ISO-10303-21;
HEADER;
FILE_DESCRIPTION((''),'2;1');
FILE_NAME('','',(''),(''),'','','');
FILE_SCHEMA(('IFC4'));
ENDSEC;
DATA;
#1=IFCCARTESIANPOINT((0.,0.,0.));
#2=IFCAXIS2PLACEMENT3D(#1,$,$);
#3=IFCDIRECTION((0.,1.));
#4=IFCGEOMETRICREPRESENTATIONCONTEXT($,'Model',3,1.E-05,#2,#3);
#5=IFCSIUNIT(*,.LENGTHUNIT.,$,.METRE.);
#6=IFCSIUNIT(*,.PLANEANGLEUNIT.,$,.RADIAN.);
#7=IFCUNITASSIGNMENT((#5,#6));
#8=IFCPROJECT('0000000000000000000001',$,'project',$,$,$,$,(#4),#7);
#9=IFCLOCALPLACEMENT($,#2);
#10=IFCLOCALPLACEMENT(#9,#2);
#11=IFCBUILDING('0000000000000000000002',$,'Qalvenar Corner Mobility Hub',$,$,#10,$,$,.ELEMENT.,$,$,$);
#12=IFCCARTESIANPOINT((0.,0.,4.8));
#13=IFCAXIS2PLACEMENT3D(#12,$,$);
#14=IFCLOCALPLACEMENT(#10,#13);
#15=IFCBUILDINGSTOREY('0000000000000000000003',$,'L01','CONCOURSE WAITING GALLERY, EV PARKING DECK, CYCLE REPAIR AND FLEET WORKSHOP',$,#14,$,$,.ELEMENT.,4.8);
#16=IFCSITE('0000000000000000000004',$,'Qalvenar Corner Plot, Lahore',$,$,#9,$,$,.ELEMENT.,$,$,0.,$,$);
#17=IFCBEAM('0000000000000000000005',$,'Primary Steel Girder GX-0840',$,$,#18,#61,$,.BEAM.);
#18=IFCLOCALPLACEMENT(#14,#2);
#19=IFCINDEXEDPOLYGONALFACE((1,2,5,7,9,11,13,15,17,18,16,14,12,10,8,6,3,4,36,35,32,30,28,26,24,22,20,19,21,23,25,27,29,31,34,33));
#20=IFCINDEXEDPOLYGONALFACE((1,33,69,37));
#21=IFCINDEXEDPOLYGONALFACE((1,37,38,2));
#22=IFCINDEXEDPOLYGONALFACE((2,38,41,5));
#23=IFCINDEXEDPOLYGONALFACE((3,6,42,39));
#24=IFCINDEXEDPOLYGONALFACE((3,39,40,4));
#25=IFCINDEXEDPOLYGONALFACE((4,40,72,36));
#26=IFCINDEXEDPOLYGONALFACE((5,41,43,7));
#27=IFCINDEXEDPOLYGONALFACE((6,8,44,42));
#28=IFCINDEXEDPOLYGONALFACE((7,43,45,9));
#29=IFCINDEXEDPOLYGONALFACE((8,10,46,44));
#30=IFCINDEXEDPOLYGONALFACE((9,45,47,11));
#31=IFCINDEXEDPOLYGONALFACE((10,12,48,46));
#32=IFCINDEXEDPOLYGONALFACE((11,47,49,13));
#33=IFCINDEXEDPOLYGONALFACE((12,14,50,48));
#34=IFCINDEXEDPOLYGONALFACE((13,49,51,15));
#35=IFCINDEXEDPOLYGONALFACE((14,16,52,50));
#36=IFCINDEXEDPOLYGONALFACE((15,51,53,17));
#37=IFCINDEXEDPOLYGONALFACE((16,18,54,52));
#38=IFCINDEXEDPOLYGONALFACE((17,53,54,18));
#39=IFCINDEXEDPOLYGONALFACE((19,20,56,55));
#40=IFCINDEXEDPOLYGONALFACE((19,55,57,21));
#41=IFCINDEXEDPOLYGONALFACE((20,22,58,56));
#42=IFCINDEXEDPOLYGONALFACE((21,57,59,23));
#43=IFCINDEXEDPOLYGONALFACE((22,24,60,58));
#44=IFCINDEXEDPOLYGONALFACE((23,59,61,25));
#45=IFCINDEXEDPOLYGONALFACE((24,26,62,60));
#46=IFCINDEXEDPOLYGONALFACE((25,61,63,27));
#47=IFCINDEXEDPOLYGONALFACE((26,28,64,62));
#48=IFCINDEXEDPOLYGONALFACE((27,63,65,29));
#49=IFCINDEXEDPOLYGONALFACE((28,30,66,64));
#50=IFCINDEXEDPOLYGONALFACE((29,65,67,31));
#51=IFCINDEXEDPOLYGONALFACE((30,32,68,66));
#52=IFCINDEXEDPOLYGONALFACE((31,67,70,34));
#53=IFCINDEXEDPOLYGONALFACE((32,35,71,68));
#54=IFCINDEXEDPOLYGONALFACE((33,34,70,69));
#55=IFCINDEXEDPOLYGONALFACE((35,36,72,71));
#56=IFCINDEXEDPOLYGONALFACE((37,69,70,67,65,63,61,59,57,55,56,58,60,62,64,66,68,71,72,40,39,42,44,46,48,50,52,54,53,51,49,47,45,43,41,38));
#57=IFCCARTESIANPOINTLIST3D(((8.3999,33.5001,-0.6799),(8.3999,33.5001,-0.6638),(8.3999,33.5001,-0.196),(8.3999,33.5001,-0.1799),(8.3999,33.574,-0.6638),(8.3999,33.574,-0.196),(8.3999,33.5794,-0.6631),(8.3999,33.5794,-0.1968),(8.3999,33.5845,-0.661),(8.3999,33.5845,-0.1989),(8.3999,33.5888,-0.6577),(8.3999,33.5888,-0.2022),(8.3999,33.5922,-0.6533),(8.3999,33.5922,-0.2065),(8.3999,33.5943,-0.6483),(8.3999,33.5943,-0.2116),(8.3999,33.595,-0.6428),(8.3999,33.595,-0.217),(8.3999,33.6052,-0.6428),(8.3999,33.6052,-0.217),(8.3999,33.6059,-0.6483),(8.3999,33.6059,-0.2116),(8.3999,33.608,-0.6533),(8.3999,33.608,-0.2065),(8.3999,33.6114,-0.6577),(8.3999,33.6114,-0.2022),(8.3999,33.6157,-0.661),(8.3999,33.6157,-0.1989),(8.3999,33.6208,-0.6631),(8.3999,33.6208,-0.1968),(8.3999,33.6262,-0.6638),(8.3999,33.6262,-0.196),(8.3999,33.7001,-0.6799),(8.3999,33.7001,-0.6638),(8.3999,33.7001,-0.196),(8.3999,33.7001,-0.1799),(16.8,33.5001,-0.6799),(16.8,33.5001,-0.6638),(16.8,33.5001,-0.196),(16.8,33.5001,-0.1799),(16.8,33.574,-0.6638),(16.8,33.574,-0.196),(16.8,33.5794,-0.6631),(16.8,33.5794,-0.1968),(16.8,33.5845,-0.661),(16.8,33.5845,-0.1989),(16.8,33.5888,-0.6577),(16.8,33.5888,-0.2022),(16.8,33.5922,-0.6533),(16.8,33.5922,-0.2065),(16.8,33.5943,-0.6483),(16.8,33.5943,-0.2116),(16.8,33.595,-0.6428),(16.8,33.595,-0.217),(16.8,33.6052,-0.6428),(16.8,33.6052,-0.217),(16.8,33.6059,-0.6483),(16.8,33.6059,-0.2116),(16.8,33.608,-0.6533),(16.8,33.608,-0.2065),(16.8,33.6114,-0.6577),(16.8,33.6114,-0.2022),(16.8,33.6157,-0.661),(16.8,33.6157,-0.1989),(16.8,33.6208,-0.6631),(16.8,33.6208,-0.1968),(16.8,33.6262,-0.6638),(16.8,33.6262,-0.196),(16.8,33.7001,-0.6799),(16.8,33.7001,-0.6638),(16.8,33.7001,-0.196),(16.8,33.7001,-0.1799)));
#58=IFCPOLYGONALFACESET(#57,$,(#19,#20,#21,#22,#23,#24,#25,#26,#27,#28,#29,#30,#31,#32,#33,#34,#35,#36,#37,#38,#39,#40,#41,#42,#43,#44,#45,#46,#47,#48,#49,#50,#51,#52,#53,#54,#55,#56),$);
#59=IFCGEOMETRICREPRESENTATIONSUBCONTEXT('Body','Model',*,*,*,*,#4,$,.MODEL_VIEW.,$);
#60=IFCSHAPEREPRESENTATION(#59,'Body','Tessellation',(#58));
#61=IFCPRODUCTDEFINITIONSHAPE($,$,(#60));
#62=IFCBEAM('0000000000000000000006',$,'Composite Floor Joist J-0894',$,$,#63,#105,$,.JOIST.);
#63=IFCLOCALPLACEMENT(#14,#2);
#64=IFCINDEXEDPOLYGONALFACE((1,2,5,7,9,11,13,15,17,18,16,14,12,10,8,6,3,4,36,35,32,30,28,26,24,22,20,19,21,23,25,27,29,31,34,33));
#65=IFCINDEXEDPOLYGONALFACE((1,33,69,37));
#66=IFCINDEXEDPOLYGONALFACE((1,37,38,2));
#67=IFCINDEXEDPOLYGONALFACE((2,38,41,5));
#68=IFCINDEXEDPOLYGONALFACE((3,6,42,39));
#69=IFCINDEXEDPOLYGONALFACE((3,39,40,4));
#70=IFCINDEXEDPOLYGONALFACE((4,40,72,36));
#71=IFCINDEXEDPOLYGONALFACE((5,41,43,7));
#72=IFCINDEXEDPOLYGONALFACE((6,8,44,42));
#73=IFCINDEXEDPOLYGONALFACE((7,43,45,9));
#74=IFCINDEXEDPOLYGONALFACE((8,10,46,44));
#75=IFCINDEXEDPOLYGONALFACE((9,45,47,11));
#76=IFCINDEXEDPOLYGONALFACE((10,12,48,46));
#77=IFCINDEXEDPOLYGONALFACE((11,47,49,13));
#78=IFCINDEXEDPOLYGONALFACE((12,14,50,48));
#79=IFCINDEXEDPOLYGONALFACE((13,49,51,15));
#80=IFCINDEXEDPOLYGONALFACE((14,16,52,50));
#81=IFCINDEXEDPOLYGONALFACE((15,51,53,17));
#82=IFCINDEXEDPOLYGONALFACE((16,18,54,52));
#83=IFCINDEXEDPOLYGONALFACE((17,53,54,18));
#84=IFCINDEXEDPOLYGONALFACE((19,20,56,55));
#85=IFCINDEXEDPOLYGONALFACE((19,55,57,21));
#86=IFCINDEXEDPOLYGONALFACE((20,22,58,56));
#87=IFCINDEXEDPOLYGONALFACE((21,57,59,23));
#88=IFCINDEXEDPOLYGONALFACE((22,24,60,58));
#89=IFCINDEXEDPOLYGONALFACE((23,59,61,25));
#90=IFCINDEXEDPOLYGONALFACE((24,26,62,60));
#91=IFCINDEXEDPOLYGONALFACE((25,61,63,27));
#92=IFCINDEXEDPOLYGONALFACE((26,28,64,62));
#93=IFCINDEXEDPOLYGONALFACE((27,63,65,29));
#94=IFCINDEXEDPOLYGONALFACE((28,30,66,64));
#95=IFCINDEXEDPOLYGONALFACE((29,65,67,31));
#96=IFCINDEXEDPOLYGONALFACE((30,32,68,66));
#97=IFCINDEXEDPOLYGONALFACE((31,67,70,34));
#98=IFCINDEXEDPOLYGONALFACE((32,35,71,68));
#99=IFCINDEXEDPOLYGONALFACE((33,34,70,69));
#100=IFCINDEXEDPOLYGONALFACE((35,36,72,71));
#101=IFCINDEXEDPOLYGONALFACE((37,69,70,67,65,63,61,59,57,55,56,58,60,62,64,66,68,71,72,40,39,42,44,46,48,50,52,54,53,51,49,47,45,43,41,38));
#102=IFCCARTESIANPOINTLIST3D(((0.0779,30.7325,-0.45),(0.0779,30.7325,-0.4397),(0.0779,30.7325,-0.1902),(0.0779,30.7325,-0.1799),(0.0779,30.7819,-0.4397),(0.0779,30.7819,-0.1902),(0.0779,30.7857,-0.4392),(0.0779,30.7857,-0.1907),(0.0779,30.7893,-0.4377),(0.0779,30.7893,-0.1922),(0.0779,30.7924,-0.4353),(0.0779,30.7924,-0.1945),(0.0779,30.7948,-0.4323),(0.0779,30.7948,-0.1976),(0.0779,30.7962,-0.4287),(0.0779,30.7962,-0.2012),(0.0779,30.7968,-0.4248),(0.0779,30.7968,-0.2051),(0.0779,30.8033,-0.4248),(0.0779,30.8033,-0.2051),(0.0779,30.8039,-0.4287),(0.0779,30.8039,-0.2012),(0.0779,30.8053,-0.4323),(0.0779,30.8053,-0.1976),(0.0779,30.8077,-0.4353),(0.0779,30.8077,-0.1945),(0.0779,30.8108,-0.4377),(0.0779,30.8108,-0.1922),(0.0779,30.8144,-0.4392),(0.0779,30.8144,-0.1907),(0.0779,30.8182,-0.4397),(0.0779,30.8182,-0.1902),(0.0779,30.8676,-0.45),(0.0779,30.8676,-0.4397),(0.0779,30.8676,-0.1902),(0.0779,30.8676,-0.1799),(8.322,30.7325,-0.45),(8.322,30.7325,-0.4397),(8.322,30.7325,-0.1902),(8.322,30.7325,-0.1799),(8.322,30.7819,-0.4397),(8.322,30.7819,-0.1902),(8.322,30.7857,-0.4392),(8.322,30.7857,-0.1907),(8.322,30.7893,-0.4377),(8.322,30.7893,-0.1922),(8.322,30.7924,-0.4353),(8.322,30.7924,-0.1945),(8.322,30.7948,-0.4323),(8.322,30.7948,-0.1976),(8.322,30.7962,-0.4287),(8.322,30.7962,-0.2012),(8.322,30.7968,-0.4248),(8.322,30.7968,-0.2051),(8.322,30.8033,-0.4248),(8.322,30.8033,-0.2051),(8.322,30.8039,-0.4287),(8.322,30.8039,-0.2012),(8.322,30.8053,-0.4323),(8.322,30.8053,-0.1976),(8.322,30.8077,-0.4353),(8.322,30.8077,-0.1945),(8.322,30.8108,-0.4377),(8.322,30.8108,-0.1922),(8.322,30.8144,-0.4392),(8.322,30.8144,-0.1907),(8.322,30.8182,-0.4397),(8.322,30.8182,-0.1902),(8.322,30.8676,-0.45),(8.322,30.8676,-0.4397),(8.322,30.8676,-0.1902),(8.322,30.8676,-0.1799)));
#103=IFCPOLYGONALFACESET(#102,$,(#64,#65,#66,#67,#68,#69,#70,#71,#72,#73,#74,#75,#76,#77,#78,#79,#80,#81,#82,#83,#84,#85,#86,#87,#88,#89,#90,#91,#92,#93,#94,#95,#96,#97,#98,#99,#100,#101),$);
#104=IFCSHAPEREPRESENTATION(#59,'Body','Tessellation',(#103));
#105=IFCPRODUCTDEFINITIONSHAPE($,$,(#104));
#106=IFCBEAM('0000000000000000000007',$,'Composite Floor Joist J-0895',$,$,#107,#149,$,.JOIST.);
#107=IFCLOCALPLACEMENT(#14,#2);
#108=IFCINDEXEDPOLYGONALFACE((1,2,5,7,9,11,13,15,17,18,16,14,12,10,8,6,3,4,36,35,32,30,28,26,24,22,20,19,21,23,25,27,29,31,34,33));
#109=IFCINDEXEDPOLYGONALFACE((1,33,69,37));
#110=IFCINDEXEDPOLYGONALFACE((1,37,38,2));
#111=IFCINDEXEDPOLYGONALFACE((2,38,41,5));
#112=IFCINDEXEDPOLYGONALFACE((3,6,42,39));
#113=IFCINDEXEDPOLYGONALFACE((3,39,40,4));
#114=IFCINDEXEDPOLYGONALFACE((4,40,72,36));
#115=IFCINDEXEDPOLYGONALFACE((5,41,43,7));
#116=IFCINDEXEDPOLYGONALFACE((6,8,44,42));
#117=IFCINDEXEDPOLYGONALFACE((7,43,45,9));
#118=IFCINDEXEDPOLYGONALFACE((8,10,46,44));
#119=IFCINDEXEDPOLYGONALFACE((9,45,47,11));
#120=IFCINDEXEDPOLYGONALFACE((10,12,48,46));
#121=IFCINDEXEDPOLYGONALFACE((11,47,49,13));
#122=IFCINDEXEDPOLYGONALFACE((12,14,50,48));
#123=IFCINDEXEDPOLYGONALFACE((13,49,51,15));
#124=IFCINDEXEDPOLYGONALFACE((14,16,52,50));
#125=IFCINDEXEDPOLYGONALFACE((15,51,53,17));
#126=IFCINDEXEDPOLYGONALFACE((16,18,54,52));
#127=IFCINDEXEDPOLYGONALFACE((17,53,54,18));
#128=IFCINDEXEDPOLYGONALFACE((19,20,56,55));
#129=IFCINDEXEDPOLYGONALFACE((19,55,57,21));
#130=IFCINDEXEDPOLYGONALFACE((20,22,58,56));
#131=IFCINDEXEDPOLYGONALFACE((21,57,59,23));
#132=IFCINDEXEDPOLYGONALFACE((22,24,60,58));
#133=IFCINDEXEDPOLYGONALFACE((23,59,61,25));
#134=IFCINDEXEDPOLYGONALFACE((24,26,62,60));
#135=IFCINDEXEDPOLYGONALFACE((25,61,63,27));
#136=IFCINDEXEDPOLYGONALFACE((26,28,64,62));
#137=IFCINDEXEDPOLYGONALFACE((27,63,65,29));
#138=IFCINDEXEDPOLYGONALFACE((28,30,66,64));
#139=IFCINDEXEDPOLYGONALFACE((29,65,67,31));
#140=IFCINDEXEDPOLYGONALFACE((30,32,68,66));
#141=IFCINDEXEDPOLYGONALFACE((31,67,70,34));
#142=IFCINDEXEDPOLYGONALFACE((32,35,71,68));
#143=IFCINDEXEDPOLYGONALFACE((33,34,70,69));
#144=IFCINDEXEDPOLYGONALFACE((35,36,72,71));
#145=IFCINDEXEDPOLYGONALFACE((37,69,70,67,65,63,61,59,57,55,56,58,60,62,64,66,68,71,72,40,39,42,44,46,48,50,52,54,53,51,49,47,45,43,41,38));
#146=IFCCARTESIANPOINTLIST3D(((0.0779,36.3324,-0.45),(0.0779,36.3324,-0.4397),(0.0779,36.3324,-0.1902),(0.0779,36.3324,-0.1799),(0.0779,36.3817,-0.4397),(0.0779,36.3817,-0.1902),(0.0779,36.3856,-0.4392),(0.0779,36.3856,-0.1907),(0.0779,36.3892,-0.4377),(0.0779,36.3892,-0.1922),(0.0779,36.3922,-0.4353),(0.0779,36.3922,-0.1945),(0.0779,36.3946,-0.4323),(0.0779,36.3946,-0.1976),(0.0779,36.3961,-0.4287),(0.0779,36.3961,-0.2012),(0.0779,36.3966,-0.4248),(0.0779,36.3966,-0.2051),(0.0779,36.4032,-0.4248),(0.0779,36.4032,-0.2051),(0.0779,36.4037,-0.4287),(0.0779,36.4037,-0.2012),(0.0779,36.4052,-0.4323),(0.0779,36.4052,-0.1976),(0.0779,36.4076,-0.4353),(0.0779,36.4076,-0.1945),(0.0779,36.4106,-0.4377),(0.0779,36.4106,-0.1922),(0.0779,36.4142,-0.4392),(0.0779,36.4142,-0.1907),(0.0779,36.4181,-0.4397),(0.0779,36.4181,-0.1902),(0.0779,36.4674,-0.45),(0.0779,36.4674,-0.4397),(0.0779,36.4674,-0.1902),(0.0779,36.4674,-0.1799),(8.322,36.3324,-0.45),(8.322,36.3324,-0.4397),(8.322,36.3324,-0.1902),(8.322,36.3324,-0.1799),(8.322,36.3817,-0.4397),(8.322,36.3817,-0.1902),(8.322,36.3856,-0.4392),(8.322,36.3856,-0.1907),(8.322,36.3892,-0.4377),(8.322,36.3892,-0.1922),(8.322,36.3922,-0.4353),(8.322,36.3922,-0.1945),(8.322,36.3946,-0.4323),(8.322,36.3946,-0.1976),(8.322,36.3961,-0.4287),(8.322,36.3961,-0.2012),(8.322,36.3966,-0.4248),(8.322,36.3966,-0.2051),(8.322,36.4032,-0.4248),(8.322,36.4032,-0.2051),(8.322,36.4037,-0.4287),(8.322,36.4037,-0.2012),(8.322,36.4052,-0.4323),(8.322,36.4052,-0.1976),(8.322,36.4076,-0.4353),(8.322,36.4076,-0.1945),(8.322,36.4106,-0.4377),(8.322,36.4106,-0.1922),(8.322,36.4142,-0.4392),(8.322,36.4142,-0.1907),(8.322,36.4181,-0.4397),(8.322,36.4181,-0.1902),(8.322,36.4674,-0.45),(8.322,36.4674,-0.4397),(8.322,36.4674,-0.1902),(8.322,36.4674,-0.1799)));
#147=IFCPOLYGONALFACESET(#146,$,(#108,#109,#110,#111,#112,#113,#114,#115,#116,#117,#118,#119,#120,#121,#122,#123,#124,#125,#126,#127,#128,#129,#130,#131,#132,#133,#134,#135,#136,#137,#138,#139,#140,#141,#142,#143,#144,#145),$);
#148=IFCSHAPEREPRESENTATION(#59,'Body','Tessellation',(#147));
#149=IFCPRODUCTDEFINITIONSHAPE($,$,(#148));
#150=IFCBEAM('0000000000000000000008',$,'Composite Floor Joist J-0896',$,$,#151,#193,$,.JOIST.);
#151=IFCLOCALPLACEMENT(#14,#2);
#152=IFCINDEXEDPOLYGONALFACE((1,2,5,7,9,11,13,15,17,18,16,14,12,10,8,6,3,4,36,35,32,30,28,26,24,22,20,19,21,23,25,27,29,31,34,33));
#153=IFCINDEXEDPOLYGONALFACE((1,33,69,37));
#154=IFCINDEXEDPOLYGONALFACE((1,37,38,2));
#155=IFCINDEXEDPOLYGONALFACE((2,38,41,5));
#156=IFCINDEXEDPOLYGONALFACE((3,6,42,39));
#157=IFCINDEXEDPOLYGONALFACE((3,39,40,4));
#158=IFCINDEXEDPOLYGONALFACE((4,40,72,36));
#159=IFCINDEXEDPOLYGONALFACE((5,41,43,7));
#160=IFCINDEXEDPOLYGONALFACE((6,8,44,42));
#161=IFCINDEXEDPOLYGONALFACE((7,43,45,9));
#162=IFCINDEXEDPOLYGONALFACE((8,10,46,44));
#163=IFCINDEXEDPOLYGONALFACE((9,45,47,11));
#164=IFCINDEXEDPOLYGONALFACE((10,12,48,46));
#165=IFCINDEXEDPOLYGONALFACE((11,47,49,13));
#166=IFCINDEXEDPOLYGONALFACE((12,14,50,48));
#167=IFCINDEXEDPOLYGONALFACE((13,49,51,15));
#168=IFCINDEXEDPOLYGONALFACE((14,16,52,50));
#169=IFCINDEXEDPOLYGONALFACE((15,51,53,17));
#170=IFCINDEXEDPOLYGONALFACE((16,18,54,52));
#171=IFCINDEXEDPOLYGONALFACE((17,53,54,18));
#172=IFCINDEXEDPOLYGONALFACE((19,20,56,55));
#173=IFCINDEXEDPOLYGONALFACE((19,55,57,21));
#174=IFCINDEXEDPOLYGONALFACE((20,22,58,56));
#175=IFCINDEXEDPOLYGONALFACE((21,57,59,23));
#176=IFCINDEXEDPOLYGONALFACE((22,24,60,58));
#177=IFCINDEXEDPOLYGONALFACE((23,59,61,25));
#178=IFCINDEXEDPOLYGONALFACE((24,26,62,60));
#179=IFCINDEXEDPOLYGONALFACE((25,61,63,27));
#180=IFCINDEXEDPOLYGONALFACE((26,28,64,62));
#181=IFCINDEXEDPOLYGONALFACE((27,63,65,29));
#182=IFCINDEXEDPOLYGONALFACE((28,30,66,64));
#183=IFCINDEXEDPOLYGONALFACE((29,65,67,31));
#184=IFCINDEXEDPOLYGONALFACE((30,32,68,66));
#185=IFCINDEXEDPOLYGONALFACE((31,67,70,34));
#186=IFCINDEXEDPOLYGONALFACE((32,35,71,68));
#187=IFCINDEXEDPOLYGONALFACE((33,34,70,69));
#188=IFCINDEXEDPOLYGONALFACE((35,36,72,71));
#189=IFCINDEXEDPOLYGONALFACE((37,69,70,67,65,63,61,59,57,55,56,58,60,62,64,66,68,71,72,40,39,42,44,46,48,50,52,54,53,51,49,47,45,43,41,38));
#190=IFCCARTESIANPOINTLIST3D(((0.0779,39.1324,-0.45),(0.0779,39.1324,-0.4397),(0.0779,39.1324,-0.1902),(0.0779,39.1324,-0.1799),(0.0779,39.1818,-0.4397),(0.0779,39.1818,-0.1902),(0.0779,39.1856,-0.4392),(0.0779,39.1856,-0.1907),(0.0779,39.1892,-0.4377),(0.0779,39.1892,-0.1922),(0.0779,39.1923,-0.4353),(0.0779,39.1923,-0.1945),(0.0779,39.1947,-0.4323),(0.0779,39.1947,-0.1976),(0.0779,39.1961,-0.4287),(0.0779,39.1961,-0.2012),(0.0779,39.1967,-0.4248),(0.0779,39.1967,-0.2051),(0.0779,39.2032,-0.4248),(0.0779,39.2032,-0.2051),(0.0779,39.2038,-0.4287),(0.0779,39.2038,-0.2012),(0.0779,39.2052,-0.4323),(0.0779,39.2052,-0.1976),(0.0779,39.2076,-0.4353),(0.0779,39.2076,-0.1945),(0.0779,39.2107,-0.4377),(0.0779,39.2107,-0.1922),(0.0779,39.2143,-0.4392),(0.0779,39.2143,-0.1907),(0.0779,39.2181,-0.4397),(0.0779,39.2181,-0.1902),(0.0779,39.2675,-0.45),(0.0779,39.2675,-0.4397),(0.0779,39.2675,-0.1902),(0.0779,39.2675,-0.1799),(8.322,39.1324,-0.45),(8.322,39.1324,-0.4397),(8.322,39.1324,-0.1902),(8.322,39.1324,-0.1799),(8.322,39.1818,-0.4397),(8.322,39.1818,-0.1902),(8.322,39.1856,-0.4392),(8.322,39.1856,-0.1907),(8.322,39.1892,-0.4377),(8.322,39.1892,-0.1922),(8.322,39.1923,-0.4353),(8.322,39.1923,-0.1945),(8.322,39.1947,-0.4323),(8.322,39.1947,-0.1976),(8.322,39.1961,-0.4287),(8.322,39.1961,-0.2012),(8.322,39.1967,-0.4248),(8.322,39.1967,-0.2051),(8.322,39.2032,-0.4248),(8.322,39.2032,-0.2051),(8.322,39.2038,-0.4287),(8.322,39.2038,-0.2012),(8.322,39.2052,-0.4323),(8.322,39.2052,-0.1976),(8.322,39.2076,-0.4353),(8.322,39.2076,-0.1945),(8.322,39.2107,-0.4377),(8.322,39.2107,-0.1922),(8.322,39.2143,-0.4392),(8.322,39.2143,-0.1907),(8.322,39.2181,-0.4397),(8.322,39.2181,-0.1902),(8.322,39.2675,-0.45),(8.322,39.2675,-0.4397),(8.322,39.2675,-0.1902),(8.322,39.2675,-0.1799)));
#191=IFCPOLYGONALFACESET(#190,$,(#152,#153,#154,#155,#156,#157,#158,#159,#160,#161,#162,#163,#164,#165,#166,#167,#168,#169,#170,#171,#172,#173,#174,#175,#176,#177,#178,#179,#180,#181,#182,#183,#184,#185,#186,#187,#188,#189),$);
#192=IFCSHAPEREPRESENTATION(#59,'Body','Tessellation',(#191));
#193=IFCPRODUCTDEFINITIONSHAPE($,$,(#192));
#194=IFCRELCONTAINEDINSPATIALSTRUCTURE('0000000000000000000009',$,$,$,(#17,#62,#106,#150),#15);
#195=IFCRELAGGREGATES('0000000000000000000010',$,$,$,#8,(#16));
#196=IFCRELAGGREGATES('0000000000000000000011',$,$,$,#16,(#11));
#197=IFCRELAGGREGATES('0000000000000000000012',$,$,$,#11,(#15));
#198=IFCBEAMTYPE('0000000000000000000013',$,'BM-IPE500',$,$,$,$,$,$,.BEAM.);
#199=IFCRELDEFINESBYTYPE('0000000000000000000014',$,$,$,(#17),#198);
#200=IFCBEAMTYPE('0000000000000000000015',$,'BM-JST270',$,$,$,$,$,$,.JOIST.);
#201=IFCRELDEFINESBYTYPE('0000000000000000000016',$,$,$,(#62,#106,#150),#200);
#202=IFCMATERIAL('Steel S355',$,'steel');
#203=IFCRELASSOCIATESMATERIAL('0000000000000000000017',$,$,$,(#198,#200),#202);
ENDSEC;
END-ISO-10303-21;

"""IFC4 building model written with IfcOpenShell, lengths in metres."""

from ifc_helpers import new_model, si_unit, direction, frame, origin, origin_2d, place, context, subcontext, project, spatial, i_section, extrude, material, material_profile, profile_set, type_object, element, save


model = new_model("IFC4")

# Units and contexts
model_context = context("Model", 3, precision=1e-05, world=origin(), true_north=direction((0.0, 1.0)))
body_context = subcontext(model_context, "Body", "Model", "MODEL_VIEW")
ifc_project = project(units=[si_unit("LENGTHUNIT", "METRE"), si_unit("PLANEANGLEUNIT", "RADIAN")], contexts=[model_context])

# Site, building, storey
site_placement = place(None, origin())
site = spatial("IfcSite", under=ifc_project, at=site_placement, Name="Qalvenar Corner Plot, Lahore", CompositionType="ELEMENT", RefElevation=0.0)
building_placement = place(site_placement, origin())
building = spatial("IfcBuilding", under=site, at=building_placement, Name="Qalvenar Corner Mobility Hub", CompositionType="ELEMENT")
storey_placement = place(building_placement, frame((0.0, 0.0, 4.8)))
storey = spatial("IfcBuildingStorey", under=building, at=storey_placement, Name="L01", Description="CONCOURSE WAITING GALLERY, EV PARKING DECK, CYCLE REPAIR AND FLEET WORKSHOP", CompositionType="ELEMENT", Elevation=4.8)

# Shared definitions
ifc_material_1 = material(Name="Steel S355", Category="steel")

# Beams
ifc_material_profile_1 = material_profile(ifc_material_1, i_section(OverallWidth=0.2, OverallDepth=0.5, WebThickness=0.0103, FlangeThickness=0.0161, FilletRadius=0.021, at=origin_2d()), Name="IPE500")
ifc_profile_set_1 = profile_set([ifc_material_profile_1], Name="Steel S355")
beam_type_1 = type_object("IfcBeamType", Name="BM-IPE500", PredefinedType="BEAM", material=ifc_profile_set_1)
beam_1_placement = place(storey_placement, frame((8.3999, 33.6001, -0.4299), z_axis=(1.0, 0.0, 0.0), x_axis=(0.0, 1.0, 0.0)))
element("IfcBeam", 1, at=beam_1_placement, inside=storey, type_object=beam_type_1, Name="Primary Steel Girder GX-0840", PredefinedType="BEAM", context=body_context, shape_type="SweptSolid", body=[
    extrude(i_section(OverallWidth=0.2, OverallDepth=0.5, WebThickness=0.0103, FlangeThickness=0.0161, FilletRadius=0.021, at=origin_2d()), origin(), (0.0, 0.0, 1.0), 8.4001),
])
ifc_material_profile_2 = material_profile(ifc_material_1, i_section(OverallWidth=0.135, OverallDepth=0.27, WebThickness=0.0066, FlangeThickness=0.0103, FilletRadius=0.0149, at=origin_2d()), Name="IPE270")
ifc_profile_set_2 = profile_set([ifc_material_profile_2], Name="Steel S355")
beam_type_2 = type_object("IfcBeamType", Name="BM-JST270", PredefinedType="JOIST", material=ifc_profile_set_2)
for number, where, z_axis, x_axis, name in (
    (2, (0.0779, 30.8, -0.3149), (1.0, 0.0, 0.0), (0.0, 1.0, 0.0), "Composite Floor Joist J-0894"),
    (3, (0.0779, 36.3999, -0.3149), (1.0, 0.0, 0.0), (0.0, 1.0, 0.0), "Composite Floor Joist J-0895"),
    (4, (0.0779, 39.2, -0.3149), (1.0, 0.0, 0.0), (0.0, 1.0, 0.0), "Composite Floor Joist J-0896"),
):
    element("IfcBeam", number, at=place(storey_placement, frame(where, z_axis=z_axis, x_axis=x_axis)), inside=storey, type_object=beam_type_2, Name=name, PredefinedType="JOIST", context=body_context, shape_type="SweptSolid", body=[
        extrude(i_section(OverallWidth=0.135, OverallDepth=0.27, WebThickness=0.0066, FlangeThickness=0.0103, FilletRadius=0.0149, at=origin_2d()), origin(), (0.0, 0.0, 1.0), 8.2441),
    ])

save(model, "model.ifc")
